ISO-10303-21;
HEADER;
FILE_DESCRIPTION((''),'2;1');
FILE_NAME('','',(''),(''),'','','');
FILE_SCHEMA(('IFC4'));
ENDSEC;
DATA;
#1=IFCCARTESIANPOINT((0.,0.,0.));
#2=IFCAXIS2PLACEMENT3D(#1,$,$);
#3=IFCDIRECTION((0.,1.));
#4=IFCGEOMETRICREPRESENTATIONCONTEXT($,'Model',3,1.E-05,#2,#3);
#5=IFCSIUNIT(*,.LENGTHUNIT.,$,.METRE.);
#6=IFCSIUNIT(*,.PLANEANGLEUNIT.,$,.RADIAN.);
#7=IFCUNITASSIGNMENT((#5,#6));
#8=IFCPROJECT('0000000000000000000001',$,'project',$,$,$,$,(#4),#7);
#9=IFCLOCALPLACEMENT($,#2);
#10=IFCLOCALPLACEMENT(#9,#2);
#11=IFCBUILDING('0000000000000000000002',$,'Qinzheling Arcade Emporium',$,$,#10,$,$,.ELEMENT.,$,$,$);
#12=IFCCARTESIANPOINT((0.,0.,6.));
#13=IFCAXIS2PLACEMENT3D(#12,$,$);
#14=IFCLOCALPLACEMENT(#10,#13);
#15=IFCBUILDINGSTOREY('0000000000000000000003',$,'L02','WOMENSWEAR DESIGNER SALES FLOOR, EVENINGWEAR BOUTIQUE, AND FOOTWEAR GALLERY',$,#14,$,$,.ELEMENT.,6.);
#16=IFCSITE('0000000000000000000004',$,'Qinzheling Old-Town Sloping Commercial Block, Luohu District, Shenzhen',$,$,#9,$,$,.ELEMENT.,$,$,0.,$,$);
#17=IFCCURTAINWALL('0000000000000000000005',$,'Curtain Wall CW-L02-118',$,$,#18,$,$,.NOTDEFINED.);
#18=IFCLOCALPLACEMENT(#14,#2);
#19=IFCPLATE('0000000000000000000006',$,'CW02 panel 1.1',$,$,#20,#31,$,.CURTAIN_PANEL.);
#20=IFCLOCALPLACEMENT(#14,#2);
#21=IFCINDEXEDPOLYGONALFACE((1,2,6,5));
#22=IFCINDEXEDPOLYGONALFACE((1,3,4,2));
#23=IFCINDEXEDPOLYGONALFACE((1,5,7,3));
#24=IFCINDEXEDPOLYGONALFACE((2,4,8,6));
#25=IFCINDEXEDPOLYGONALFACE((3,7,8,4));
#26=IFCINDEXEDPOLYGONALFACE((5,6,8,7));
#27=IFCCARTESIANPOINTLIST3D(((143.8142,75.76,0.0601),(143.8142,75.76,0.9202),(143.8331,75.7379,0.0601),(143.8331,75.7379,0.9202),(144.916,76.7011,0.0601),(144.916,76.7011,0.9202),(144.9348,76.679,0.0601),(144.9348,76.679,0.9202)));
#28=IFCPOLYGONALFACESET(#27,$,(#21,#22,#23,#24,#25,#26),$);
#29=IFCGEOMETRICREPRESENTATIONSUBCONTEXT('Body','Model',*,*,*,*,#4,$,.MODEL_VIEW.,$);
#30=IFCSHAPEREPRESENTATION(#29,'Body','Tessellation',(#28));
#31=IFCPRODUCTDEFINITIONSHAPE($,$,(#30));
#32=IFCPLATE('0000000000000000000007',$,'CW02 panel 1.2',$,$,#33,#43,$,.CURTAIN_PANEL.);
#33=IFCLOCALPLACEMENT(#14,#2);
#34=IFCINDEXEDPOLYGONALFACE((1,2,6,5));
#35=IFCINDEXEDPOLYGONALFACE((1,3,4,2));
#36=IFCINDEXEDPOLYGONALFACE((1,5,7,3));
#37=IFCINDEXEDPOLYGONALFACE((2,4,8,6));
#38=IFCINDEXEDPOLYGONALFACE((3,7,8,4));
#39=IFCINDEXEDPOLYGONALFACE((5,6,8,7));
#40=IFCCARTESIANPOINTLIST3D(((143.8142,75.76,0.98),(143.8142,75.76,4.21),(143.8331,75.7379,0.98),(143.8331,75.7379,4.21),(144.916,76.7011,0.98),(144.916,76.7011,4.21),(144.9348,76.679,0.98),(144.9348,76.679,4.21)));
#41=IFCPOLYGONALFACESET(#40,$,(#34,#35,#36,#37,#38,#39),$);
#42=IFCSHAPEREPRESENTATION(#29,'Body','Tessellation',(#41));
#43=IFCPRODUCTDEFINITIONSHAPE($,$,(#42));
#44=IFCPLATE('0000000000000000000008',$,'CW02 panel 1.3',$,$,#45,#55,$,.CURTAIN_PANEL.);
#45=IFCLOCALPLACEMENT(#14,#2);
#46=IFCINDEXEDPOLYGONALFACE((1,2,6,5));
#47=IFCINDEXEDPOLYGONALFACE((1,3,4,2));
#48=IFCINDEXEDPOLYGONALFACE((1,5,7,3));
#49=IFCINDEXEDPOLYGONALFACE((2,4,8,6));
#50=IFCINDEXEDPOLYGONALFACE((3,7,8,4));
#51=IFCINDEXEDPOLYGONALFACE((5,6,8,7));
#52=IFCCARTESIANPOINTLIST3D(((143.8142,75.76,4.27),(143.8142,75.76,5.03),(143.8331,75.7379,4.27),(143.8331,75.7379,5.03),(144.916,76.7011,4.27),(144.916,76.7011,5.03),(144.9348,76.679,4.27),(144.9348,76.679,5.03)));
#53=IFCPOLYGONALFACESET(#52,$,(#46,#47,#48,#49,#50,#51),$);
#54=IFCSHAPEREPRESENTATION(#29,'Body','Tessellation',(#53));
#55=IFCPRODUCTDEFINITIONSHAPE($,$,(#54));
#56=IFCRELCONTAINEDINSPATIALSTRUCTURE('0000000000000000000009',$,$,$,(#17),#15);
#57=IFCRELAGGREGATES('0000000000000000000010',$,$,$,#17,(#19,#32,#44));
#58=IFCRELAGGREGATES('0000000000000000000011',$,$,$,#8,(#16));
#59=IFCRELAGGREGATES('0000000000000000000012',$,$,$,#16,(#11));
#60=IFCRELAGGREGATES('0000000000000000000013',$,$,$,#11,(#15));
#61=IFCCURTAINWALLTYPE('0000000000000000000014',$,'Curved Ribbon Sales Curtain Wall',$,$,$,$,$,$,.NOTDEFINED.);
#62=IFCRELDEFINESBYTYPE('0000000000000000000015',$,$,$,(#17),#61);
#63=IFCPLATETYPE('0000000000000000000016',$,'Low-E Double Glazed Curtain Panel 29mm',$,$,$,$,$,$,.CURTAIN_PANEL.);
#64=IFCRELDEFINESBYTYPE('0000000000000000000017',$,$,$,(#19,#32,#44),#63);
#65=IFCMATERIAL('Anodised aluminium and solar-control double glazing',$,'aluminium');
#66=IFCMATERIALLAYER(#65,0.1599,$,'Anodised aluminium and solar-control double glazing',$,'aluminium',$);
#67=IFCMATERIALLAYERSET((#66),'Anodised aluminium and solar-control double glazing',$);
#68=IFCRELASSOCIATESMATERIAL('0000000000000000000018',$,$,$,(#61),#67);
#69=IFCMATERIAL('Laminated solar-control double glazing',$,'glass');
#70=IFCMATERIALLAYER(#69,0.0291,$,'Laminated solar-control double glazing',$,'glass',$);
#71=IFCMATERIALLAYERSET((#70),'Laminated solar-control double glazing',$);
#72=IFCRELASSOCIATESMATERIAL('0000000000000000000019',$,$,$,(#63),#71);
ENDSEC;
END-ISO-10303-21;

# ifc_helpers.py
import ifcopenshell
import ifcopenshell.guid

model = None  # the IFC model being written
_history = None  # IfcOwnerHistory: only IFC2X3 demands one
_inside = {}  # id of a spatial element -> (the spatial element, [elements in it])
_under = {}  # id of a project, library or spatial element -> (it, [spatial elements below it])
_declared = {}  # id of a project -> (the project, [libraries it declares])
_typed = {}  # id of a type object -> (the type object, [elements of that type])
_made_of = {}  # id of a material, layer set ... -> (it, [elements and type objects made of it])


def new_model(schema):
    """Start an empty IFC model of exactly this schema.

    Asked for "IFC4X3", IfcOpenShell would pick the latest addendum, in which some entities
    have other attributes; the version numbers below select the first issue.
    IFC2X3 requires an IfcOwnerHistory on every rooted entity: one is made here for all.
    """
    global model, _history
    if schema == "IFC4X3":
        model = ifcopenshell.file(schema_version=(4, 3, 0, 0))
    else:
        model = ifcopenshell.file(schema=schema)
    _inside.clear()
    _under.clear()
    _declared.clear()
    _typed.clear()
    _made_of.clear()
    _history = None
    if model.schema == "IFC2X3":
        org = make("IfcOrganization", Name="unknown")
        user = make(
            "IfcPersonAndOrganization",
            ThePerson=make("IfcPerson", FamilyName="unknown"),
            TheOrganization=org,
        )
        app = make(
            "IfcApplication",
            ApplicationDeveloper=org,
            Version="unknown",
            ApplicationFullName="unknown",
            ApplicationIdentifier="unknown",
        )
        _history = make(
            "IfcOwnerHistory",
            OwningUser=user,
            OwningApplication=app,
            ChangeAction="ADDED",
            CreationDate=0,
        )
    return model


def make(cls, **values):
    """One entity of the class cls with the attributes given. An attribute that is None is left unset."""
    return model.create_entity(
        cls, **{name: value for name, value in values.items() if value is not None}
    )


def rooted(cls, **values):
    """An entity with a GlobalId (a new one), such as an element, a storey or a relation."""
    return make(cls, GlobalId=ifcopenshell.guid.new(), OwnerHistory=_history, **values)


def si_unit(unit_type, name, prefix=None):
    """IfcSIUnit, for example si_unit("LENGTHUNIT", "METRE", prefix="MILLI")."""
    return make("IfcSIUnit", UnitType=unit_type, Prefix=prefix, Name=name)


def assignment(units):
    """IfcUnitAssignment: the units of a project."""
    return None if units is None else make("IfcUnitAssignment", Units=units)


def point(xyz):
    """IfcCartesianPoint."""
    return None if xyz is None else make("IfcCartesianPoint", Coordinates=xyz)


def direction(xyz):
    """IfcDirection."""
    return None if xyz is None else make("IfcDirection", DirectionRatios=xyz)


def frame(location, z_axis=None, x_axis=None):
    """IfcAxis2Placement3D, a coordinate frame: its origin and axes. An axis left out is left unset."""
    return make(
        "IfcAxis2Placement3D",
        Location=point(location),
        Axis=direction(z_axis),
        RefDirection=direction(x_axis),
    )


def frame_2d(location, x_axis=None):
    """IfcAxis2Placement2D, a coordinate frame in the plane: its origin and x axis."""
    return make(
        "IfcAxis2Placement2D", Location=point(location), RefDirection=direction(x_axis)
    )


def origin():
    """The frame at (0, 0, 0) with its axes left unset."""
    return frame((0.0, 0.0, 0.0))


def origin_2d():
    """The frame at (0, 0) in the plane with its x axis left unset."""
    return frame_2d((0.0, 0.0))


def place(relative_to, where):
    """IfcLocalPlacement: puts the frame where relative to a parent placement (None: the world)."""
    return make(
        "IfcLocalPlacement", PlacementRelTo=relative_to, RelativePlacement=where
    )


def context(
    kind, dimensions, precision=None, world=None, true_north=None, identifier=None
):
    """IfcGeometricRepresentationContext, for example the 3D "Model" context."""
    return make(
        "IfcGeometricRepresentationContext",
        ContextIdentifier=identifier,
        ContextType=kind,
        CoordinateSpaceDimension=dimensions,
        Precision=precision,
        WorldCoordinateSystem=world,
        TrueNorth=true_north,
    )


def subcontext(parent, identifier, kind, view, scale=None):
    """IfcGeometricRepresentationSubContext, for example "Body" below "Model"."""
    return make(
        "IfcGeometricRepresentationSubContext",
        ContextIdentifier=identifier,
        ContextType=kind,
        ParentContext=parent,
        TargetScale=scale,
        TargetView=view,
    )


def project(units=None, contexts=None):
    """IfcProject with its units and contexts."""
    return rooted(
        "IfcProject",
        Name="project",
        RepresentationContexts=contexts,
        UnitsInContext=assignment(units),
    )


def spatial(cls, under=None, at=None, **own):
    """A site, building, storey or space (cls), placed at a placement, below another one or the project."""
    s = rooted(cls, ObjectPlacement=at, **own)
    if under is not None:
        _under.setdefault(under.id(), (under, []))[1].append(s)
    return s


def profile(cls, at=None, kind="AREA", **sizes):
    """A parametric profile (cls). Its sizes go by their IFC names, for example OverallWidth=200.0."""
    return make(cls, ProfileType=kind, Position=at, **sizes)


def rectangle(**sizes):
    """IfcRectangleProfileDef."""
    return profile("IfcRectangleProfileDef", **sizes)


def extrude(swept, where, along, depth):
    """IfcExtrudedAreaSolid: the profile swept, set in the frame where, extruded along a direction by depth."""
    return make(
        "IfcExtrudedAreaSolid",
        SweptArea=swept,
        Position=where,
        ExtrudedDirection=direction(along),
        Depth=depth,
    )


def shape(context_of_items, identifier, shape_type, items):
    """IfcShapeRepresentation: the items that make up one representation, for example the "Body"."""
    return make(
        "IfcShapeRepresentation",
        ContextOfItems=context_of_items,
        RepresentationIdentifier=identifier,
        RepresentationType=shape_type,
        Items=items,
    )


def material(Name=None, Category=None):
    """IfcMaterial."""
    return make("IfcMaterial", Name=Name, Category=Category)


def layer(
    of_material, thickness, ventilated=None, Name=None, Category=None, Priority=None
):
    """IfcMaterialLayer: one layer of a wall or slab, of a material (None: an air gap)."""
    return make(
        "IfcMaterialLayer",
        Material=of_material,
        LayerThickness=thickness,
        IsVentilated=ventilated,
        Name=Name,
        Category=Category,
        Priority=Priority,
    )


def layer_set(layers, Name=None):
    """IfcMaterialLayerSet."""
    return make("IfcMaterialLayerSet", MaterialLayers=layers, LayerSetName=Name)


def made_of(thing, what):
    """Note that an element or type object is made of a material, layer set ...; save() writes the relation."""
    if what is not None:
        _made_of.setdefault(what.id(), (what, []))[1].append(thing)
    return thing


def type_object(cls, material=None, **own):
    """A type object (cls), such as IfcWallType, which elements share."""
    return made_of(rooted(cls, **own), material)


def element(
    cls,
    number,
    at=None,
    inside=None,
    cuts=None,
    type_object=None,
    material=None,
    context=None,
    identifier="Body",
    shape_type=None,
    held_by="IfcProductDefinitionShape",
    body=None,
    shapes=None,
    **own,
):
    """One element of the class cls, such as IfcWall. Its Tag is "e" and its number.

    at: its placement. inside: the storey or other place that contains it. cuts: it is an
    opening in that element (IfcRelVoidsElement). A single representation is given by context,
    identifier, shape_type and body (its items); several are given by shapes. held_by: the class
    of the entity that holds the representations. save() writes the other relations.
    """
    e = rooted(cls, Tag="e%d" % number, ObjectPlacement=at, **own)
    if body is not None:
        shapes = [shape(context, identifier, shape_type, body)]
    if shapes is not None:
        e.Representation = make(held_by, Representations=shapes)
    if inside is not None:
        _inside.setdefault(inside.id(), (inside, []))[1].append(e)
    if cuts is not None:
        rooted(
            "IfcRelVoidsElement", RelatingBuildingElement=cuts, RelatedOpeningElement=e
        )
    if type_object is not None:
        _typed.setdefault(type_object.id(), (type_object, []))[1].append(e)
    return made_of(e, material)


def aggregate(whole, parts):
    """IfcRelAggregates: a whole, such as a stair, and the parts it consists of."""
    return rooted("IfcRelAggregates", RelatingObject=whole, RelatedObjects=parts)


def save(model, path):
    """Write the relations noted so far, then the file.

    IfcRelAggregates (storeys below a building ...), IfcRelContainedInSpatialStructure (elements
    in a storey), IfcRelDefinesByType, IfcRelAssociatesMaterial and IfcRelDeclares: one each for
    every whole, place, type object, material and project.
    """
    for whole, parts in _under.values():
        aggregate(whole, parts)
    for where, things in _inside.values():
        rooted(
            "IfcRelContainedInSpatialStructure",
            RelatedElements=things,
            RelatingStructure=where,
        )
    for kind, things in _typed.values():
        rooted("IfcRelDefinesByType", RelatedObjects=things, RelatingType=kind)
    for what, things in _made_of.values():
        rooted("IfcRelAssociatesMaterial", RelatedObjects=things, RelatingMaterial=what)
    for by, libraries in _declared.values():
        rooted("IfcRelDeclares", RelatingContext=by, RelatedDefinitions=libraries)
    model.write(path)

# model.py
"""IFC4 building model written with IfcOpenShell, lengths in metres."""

from ifc_helpers import new_model, si_unit, direction, frame, origin, origin_2d, place, context, subcontext, project, spatial, rectangle, extrude, material, layer, layer_set, type_object, element, aggregate, save


model = new_model("IFC4")

# Units and contexts
model_context = context("Model", 3, precision=1e-05, world=origin(), true_north=direction((0.0, 1.0)))
body_context = subcontext(model_context, "Body", "Model", "MODEL_VIEW")
ifc_project = project(units=[si_unit("LENGTHUNIT", "METRE"), si_unit("PLANEANGLEUNIT", "RADIAN")], contexts=[model_context])

# Site, building, storey
site_placement = place(None, origin())
site = spatial("IfcSite", under=ifc_project, at=site_placement, Name="Qinzheling Old-Town Sloping Commercial Block, Luohu District, Shenzhen", CompositionType="ELEMENT", RefElevation=0.0)
building_placement = place(site_placement, origin())
building = spatial("IfcBuilding", under=site, at=building_placement, Name="Qinzheling Arcade Emporium", CompositionType="ELEMENT")
storey_placement = place(building_placement, frame((0.0, 0.0, 6.0)))
storey = spatial("IfcBuildingStorey", under=building, at=storey_placement, Name="L02", Description="WOMENSWEAR DESIGNER SALES FLOOR, EVENINGWEAR BOUTIQUE, AND FOOTWEAR GALLERY", CompositionType="ELEMENT", Elevation=6.0)

# Shared definitions
ifc_material_1 = material(Name="Anodised aluminium and solar-control double glazing", Category="aluminium")
ifc_layer_1 = layer(ifc_material_1, 0.1599, Name="Anodised aluminium and solar-control double glazing", Category="aluminium")
ifc_layer_set_1 = layer_set([ifc_layer_1], Name="Anodised aluminium and solar-control double glazing")
curtain_wall_type = type_object("IfcCurtainWallType", Name="Curved Ribbon Sales Curtain Wall", PredefinedType="NOTDEFINED", material=ifc_layer_set_1)

# Curtain wall
curtain_wall_1_placement = place(storey_placement, origin())
curtain_wall_1 = element("IfcCurtainWall", 1, at=curtain_wall_1_placement, inside=storey, type_object=curtain_wall_type, Name="Curtain Wall CW-L02-118", PredefinedType="NOTDEFINED")

# Plates
ifc_material_2 = material(Name="Laminated solar-control double glazing", Category="glass")
ifc_layer_2 = layer(ifc_material_2, 0.0291, Name="Laminated solar-control double glazing", Category="glass")
ifc_layer_set_2 = layer_set([ifc_layer_2], Name="Laminated solar-control double glazing")
plate_type_1 = type_object("IfcPlateType", Name="Low-E Double Glazed Curtain Panel 29mm", PredefinedType="CURTAIN_PANEL", material=ifc_layer_set_2)
plate_1_placement = place(storey_placement, frame((144.3745, 76.2195, 0.0601), z_axis=(0.0, 0.0, 1.0), x_axis=(-0.76038, -0.649478, 0.0)))
plate_1 = element("IfcPlate", 2, at=plate_1_placement, type_object=plate_type_1, Name="CW02 panel 1.1", PredefinedType="CURTAIN_PANEL", context=body_context, shape_type="SweptSolid", body=[
    extrude(rectangle(XDim=1.449, YDim=0.0291, at=origin_2d()), origin(), (0.0, 0.0, 1.0), 0.8601),
])
plate_2_placement = place(storey_placement, frame((144.3745, 76.2195, 0.98), z_axis=(0.0, 0.0, 1.0), x_axis=(-0.76038, -0.649478, 0.0)))
plate_2 = element("IfcPlate", 3, at=plate_2_placement, type_object=plate_type_1, Name="CW02 panel 1.2", PredefinedType="CURTAIN_PANEL", context=body_context, shape_type="SweptSolid", body=[
    extrude(rectangle(XDim=1.449, YDim=0.0291, at=origin_2d()), origin(), (0.0, 0.0, 1.0), 3.23),
])
plate_3_placement = place(storey_placement, frame((144.3745, 76.2195, 4.27), z_axis=(0.0, 0.0, 1.0), x_axis=(-0.76038, -0.649478, 0.0)))
plate_3 = element("IfcPlate", 4, at=plate_3_placement, type_object=plate_type_1, Name="CW02 panel 1.3", PredefinedType="CURTAIN_PANEL", context=body_context, shape_type="SweptSolid", body=[
    extrude(rectangle(XDim=1.449, YDim=0.0291, at=origin_2d()), origin(), (0.0, 0.0, 1.0), 0.76),
])
aggregate(curtain_wall_1, [plate_1, plate_2, plate_3])

save(model, "model.ifc")
